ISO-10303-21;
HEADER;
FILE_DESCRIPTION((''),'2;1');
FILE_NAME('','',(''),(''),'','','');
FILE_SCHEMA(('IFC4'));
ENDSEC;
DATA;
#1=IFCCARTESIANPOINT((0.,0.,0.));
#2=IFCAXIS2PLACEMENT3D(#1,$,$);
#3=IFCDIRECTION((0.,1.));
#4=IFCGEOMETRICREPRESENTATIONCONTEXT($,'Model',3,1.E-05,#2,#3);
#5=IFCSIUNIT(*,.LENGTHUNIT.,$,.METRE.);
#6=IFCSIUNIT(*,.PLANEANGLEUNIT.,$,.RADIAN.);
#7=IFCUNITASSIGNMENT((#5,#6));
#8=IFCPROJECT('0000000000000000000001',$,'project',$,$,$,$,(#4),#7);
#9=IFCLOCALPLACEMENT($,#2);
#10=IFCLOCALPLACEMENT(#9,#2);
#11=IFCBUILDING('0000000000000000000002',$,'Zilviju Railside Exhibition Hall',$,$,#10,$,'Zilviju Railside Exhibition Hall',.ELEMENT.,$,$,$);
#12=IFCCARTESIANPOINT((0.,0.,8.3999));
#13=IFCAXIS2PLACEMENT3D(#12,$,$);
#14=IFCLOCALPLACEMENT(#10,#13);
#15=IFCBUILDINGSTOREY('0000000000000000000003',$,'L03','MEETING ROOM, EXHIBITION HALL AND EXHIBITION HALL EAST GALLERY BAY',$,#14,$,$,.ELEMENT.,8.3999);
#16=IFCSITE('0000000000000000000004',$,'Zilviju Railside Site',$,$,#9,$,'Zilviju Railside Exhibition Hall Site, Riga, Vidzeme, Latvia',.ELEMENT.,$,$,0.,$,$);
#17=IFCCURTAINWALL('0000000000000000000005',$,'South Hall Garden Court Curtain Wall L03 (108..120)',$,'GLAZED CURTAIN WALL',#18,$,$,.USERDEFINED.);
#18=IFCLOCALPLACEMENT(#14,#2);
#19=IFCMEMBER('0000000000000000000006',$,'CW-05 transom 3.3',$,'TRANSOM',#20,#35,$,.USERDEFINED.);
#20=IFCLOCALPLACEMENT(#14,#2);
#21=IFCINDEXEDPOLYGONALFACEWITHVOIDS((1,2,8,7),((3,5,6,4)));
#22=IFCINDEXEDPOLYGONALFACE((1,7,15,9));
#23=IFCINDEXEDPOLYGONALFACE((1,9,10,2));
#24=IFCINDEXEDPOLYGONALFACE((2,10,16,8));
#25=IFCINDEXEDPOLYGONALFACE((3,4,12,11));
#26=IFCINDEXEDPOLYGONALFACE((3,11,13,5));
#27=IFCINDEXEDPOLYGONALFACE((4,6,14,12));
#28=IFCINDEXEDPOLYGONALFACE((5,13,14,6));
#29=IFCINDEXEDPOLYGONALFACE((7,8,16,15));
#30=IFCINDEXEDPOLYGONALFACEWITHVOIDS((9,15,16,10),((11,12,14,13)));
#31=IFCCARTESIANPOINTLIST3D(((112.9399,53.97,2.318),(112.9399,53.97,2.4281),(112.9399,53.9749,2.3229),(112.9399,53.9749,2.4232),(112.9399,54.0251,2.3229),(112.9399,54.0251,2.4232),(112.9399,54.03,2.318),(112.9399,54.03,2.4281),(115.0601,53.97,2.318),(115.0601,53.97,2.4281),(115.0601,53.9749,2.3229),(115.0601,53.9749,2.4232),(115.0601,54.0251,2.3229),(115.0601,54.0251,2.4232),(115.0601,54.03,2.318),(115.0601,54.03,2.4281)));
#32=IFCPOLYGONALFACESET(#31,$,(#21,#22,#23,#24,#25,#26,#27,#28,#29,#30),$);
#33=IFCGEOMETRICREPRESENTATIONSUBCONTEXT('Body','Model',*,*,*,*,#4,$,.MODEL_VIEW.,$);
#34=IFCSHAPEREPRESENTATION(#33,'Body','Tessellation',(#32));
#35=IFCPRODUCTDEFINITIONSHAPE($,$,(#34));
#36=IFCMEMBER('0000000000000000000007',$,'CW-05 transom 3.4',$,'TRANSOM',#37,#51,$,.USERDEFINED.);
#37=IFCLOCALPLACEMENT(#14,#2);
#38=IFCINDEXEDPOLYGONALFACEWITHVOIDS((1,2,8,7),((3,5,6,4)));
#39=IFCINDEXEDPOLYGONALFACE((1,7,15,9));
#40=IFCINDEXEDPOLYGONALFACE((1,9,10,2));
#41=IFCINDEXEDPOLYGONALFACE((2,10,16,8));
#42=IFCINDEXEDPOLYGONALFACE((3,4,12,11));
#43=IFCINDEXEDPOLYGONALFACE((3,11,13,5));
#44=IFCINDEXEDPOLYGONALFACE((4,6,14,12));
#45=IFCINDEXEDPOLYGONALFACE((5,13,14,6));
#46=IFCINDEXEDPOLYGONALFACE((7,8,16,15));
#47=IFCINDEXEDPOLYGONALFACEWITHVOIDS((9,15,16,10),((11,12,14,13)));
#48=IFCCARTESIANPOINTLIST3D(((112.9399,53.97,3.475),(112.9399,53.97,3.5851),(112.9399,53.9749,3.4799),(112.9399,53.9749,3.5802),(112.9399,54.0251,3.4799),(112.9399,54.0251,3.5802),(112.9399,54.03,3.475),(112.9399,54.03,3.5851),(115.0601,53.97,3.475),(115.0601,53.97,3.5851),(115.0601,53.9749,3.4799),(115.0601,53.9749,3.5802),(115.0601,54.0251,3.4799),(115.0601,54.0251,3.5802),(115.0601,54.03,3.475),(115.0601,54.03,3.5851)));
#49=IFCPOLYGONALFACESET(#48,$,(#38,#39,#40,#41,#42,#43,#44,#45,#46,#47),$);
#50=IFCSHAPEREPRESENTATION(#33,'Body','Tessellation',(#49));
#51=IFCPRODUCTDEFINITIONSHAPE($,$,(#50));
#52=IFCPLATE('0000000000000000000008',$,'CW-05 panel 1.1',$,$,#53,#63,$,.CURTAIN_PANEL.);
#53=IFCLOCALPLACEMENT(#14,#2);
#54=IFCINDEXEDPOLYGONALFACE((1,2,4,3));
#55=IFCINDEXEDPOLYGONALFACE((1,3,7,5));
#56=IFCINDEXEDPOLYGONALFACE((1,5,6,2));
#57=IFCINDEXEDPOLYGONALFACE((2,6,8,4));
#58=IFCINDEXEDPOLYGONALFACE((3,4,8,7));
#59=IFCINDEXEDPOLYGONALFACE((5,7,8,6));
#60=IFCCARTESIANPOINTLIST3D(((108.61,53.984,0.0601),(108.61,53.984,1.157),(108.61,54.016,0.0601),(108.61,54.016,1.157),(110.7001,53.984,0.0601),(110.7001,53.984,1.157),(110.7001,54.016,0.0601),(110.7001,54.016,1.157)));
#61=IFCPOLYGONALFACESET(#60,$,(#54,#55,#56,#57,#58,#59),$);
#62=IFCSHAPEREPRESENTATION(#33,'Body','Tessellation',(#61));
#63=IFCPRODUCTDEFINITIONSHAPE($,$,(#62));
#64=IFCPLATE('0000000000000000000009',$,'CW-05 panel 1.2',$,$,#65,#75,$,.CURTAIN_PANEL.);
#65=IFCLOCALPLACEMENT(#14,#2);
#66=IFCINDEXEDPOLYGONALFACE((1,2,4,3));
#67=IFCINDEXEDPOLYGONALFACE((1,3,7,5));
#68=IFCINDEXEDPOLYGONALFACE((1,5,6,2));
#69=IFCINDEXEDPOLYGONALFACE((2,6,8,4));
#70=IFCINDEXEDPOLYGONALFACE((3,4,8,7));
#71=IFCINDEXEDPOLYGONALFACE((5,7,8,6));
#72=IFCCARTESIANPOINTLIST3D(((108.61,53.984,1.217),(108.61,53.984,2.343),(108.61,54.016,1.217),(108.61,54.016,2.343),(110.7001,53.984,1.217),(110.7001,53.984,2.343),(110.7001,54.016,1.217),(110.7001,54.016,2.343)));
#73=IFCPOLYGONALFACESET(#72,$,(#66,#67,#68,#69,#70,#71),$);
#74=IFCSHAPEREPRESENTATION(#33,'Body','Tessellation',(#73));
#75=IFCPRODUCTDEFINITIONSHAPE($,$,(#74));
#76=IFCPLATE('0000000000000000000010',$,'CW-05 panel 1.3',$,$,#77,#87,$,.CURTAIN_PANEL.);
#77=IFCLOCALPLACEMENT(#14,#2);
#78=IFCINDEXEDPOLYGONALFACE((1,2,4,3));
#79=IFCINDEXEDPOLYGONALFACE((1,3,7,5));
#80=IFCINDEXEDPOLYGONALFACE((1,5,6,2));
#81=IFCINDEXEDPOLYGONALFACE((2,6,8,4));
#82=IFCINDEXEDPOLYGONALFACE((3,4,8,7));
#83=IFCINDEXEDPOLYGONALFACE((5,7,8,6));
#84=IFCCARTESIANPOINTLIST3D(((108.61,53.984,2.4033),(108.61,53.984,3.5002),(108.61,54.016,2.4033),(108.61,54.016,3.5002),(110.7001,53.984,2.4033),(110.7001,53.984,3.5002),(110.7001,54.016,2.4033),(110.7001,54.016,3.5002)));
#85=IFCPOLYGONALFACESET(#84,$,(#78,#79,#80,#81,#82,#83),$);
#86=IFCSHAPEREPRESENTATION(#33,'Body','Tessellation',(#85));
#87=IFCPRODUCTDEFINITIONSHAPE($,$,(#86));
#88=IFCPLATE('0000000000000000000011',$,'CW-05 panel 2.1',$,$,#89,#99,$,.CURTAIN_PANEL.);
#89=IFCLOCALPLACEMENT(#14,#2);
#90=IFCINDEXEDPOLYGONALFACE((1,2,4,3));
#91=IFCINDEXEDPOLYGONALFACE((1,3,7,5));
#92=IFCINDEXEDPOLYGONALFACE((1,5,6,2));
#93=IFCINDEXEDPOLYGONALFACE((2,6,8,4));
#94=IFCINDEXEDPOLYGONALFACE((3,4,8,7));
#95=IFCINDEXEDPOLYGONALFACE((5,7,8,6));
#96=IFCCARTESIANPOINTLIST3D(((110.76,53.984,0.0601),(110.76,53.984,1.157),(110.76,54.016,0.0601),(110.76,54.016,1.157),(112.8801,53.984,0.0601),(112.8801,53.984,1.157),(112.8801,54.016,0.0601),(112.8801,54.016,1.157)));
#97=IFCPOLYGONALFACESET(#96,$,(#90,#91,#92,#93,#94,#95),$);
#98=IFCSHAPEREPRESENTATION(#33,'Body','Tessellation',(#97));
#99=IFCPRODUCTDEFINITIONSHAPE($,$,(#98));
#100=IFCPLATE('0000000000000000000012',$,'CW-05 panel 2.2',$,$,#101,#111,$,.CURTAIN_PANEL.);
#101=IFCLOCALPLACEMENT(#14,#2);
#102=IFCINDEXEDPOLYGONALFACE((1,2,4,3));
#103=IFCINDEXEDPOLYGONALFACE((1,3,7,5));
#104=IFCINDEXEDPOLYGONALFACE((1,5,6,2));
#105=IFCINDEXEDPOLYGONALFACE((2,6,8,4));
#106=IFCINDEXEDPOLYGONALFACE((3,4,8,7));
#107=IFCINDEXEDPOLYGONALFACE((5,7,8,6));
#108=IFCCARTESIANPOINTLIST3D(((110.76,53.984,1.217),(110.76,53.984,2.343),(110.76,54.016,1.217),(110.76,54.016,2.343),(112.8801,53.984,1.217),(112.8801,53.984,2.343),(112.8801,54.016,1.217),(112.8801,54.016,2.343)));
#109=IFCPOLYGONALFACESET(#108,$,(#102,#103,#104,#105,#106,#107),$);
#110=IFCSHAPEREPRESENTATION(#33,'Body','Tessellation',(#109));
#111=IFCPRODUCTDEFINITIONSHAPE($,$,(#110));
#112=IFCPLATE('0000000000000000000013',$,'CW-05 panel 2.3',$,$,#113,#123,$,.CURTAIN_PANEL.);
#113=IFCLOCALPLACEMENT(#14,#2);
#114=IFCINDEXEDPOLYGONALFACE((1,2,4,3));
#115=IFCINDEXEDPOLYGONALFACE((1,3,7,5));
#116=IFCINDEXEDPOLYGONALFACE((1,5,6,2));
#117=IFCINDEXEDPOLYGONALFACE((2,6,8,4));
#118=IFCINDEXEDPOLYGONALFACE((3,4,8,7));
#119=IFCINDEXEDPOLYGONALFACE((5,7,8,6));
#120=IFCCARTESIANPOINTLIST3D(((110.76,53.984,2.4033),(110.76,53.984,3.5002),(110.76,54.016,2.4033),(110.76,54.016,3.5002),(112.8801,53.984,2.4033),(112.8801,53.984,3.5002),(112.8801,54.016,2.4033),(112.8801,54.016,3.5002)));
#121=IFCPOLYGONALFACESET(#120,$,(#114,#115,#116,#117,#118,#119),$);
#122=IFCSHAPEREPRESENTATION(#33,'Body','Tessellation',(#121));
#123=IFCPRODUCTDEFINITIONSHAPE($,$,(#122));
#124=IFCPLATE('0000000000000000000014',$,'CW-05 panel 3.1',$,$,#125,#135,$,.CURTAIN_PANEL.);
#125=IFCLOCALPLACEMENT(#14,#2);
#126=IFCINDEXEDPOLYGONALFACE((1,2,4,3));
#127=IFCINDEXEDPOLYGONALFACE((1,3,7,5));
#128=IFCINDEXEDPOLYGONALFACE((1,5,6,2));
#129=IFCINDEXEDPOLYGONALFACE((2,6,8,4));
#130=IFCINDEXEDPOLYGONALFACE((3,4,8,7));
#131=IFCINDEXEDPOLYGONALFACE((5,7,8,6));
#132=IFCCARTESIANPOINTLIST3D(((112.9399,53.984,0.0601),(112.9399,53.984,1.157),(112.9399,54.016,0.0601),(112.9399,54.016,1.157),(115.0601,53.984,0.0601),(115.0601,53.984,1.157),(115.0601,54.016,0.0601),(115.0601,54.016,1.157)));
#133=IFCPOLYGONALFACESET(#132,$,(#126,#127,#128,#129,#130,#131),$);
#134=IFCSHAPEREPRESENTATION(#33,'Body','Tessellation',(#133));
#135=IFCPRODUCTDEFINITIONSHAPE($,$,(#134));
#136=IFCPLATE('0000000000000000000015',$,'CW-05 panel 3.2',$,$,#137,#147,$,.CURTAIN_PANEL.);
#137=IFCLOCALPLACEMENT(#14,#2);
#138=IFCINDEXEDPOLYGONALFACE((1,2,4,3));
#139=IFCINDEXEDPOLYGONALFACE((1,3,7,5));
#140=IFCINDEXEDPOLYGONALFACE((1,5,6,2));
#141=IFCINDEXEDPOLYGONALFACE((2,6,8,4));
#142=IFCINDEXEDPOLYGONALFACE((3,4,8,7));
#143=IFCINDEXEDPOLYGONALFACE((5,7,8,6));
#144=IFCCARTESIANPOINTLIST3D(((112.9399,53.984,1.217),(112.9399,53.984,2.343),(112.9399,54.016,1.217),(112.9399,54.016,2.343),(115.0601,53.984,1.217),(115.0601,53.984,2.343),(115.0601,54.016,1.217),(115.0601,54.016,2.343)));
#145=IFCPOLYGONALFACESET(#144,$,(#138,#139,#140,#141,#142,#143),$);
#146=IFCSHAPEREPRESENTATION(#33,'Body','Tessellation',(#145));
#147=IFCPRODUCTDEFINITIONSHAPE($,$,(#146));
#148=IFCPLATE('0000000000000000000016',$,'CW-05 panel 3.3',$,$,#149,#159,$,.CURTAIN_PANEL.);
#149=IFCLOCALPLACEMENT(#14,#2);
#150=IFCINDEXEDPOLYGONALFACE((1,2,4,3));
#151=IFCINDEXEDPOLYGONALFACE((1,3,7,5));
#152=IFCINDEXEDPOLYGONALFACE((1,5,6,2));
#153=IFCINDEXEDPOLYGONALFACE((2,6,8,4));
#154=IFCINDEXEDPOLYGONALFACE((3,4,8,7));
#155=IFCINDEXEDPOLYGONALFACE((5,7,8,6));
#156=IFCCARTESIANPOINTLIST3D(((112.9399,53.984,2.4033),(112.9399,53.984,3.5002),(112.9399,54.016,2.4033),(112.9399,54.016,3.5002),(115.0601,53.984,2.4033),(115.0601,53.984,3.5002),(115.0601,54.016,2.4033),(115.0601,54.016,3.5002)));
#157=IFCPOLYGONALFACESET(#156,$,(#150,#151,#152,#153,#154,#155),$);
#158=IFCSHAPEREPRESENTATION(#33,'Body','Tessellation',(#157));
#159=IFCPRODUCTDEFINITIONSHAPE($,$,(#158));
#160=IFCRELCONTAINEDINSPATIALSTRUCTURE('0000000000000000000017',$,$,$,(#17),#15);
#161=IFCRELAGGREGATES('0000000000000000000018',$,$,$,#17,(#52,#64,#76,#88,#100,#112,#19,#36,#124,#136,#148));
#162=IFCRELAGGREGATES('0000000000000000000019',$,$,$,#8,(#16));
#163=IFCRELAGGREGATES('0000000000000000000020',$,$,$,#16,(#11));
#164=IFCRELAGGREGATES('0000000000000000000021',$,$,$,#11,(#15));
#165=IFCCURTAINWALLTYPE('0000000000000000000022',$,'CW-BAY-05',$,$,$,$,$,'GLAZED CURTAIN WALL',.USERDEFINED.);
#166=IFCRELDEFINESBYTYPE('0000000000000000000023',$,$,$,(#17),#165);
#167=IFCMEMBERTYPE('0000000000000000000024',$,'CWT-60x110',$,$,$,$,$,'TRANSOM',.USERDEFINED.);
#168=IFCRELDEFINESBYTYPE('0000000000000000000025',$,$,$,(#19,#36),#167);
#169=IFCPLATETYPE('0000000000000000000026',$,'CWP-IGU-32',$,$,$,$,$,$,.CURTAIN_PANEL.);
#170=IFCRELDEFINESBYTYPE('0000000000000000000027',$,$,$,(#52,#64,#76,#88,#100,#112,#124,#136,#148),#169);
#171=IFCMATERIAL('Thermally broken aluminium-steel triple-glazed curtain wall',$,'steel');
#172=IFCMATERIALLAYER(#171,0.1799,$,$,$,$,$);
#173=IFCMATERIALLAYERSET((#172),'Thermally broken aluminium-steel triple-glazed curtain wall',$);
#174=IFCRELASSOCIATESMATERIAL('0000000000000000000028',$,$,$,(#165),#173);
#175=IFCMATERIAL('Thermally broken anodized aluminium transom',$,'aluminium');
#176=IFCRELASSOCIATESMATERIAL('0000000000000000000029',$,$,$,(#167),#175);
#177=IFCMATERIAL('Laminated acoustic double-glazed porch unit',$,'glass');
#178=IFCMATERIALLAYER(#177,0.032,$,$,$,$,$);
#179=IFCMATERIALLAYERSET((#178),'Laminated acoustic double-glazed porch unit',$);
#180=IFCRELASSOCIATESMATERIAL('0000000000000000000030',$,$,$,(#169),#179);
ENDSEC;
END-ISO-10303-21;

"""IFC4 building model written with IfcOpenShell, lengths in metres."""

from ifc_helpers import new_model, si_unit, direction, frame, origin, origin_2d, place, context, subcontext, project, spatial, rectangle, hollow_rectangle, extrude, material, layer, layer_set, material_profile, profile_set, type_object, element, aggregate, save


model = new_model("IFC4")

# Units and contexts
model_context = context("Model", 3, precision=1e-05, world=origin(), true_north=direction((0.0, 1.0)))
body_context = subcontext(model_context, "Body", "Model", "MODEL_VIEW")
ifc_project = project(units=[si_unit("LENGTHUNIT", "METRE"), si_unit("PLANEANGLEUNIT", "RADIAN")], contexts=[model_context])

# Site, building, storey
site_placement = place(None, origin())
site = spatial("IfcSite", under=ifc_project, at=site_placement, Name="Zilviju Railside Site", LongName="Zilviju Railside Exhibition Hall Site, Riga, Vidzeme, Latvia", CompositionType="ELEMENT", RefElevation=0.0)
building_placement = place(site_placement, origin())
building = spatial("IfcBuilding", under=site, at=building_placement, Name="Zilviju Railside Exhibition Hall", LongName="Zilviju Railside Exhibition Hall", CompositionType="ELEMENT")
storey_placement = place(building_placement, frame((0.0, 0.0, 8.3999)))
storey = spatial("IfcBuildingStorey", under=building, at=storey_placement, Name="L03", Description="MEETING ROOM, EXHIBITION HALL AND EXHIBITION HALL EAST GALLERY BAY", CompositionType="ELEMENT", Elevation=8.3999)

# Curtain wall, members, plates
ifc_material_1 = material(Name="Thermally broken aluminium-steel triple-glazed curtain wall", Category="steel")
ifc_layer_1 = layer(ifc_material_1, 0.1799)
ifc_layer_set_1 = layer_set([ifc_layer_1], Name="Thermally broken aluminium-steel triple-glazed curtain wall")
curtain_wall_type = type_object("IfcCurtainWallType", Name="CW-BAY-05", ElementType="GLAZED CURTAIN WALL", PredefinedType="USERDEFINED", material=ifc_layer_set_1)
curtain_wall_placement = place(storey_placement, origin())
curtain_wall = element("IfcCurtainWall", 1, at=curtain_wall_placement, inside=storey, type_object=curtain_wall_type, Name="South Hall Garden Court Curtain Wall L03 (108..120)", ObjectType="GLAZED CURTAIN WALL", PredefinedType="USERDEFINED")
ifc_material_2 = material(Name="Thermally broken anodized aluminium transom", Category="aluminium")
ifc_material_profile_1 = material_profile(ifc_material_2, hollow_rectangle(XDim=0.0601, YDim=0.1101, WallThickness=0.0049, at=origin_2d()), Name="TRANSOM 110x60x5")
ifc_profile_set_1 = profile_set([ifc_material_profile_1], Name="Thermally broken anodized aluminium transom")
member_type_1 = type_object("IfcMemberType", Name="CWT-60x110", ElementType="TRANSOM", PredefinedType="USERDEFINED", material=ifc_profile_set_1)
member_1_placement = place(storey_placement, frame((112.9399, 54.0, 2.373), z_axis=(1.0, 0.0, 0.0), x_axis=(0.0, 1.0, 0.0)))
member_1 = element("IfcMember", 2, at=member_1_placement, type_object=member_type_1, Name="CW-05 transom 3.3", ObjectType="TRANSOM", PredefinedType="USERDEFINED", context=body_context, shape_type="SweptSolid", body=[
    extrude(hollow_rectangle(XDim=0.0601, YDim=0.1101, WallThickness=0.0049, at=origin_2d()), origin(), (0.0, 0.0, 1.0), 2.1201),
])
member_2_placement = place(storey_placement, frame((112.9399, 54.0, 3.53), z_axis=(1.0, 0.0, 0.0), x_axis=(0.0, 1.0, 0.0)))
member_2 = element("IfcMember", 3, at=member_2_placement, type_object=member_type_1, Name="CW-05 transom 3.4", ObjectType="TRANSOM", PredefinedType="USERDEFINED", context=body_context, shape_type="SweptSolid", body=[
    extrude(hollow_rectangle(XDim=0.0601, YDim=0.1101, WallThickness=0.0049, at=origin_2d()), origin(), (0.0, 0.0, 1.0), 2.1201),
])
ifc_material_3 = material(Name="Laminated acoustic double-glazed porch unit", Category="glass")
ifc_layer_2 = layer(ifc_material_3, 0.032)
ifc_layer_set_2 = layer_set([ifc_layer_2], Name="Laminated acoustic double-glazed porch unit")
plate_type = type_object("IfcPlateType", Name="CWP-IGU-32", PredefinedType="CURTAIN_PANEL", material=ifc_layer_set_2)
plate_1_placement = place(storey_placement, frame((109.655, 54.0, 0.0601), z_axis=(0.0, 0.0, 1.0), x_axis=(1.0, 0.0, 0.0)))
plate_1 = element("IfcPlate", 4, at=plate_1_placement, type_object=plate_type, Name="CW-05 panel 1.1", PredefinedType="CURTAIN_PANEL", context=body_context, shape_type="SweptSolid", body=[
    extrude(rectangle(XDim=2.0901, YDim=0.032, at=origin_2d()), origin(), (0.0, 0.0, 1.0), 1.0969),
])
plate_2_placement = place(storey_placement, frame((109.655, 54.0, 1.217), z_axis=(0.0, 0.0, 1.0), x_axis=(1.0, 0.0, 0.0)))
plate_2 = element("IfcPlate", 5, at=plate_2_placement, type_object=plate_type, Name="CW-05 panel 1.2", PredefinedType="CURTAIN_PANEL", context=body_context, shape_type="SweptSolid", body=[
    extrude(rectangle(XDim=2.0901, YDim=0.032, at=origin_2d()), origin(), (0.0, 0.0, 1.0), 1.126),
])
plate_3_placement = place(storey_placement, frame((109.655, 54.0, 2.4033), z_axis=(0.0, 0.0, 1.0), x_axis=(1.0, 0.0, 0.0)))
plate_3 = element("IfcPlate", 6, at=plate_3_placement, type_object=plate_type, Name="CW-05 panel 1.3", PredefinedType="CURTAIN_PANEL", context=body_context, shape_type="SweptSolid", body=[
    extrude(rectangle(XDim=2.0901, YDim=0.032, at=origin_2d()), origin(), (0.0, 0.0, 1.0), 1.0969),
])
plate_4_placement = place(storey_placement, frame((111.8201, 54.0, 0.0601), z_axis=(0.0, 0.0, 1.0), x_axis=(1.0, 0.0, 0.0)))
plate_4 = element("IfcPlate", 7, at=plate_4_placement, type_object=plate_type, Name="CW-05 panel 2.1", PredefinedType="CURTAIN_PANEL", context=body_context, shape_type="SweptSolid", body=[
    extrude(rectangle(XDim=2.1201, YDim=0.032, at=origin_2d()), origin(), (0.0, 0.0, 1.0), 1.0969),
])
plate_5_placement = place(storey_placement, frame((111.8201, 54.0, 1.217), z_axis=(0.0, 0.0, 1.0), x_axis=(1.0, 0.0, 0.0)))
plate_5 = element("IfcPlate", 8, at=plate_5_placement, type_object=plate_type, Name="CW-05 panel 2.2", PredefinedType="CURTAIN_PANEL", context=body_context, shape_type="SweptSolid", body=[
    extrude(rectangle(XDim=2.1201, YDim=0.032, at=origin_2d()), origin(), (0.0, 0.0, 1.0), 1.126),
])
plate_6_placement = place(storey_placement, frame((111.8201, 54.0, 2.4033), z_axis=(0.0, 0.0, 1.0), x_axis=(1.0, 0.0, 0.0)))
plate_6 = element("IfcPlate", 9, at=plate_6_placement, type_object=plate_type, Name="CW-05 panel 2.3", PredefinedType="CURTAIN_PANEL", context=body_context, shape_type="SweptSolid", body=[
    extrude(rectangle(XDim=2.1201, YDim=0.032, at=origin_2d()), origin(), (0.0, 0.0, 1.0), 1.0969),
])
plate_7_placement = place(storey_placement, frame((114.0, 54.0, 0.0601), z_axis=(0.0, 0.0, 1.0), x_axis=(1.0, 0.0, 0.0)))
plate_7 = element("IfcPlate", 10, at=plate_7_placement, type_object=plate_type, Name="CW-05 panel 3.1", PredefinedType="CURTAIN_PANEL", context=body_context, shape_type="SweptSolid", body=[
    extrude(rectangle(XDim=2.1201, YDim=0.032, at=origin_2d()), origin(), (0.0, 0.0, 1.0), 1.0969),
])
plate_8_placement = place(storey_placement, frame((114.0, 54.0, 1.217), z_axis=(0.0, 0.0, 1.0), x_axis=(1.0, 0.0, 0.0)))
plate_8 = element("IfcPlate", 11, at=plate_8_placement, type_object=plate_type, Name="CW-05 panel 3.2", PredefinedType="CURTAIN_PANEL", context=body_context, shape_type="SweptSolid", body=[
    extrude(rectangle(XDim=2.1201, YDim=0.032, at=origin_2d()), origin(), (0.0, 0.0, 1.0), 1.126),
])
plate_9_placement = place(storey_placement, frame((114.0, 54.0, 2.4033), z_axis=(0.0, 0.0, 1.0), x_axis=(1.0, 0.0, 0.0)))
plate_9 = element("IfcPlate", 12, at=plate_9_placement, type_object=plate_type, Name="CW-05 panel 3.3", PredefinedType="CURTAIN_PANEL", context=body_context, shape_type="SweptSolid", body=[
    extrude(rectangle(XDim=2.1201, YDim=0.032, at=origin_2d()), origin(), (0.0, 0.0, 1.0), 1.0969),
])
aggregate(curtain_wall, [plate_1, plate_2, plate_3, plate_4, plate_5, plate_6, member_1, member_2, plate_7, plate_8, plate_9])

save(model, "model.ifc")
